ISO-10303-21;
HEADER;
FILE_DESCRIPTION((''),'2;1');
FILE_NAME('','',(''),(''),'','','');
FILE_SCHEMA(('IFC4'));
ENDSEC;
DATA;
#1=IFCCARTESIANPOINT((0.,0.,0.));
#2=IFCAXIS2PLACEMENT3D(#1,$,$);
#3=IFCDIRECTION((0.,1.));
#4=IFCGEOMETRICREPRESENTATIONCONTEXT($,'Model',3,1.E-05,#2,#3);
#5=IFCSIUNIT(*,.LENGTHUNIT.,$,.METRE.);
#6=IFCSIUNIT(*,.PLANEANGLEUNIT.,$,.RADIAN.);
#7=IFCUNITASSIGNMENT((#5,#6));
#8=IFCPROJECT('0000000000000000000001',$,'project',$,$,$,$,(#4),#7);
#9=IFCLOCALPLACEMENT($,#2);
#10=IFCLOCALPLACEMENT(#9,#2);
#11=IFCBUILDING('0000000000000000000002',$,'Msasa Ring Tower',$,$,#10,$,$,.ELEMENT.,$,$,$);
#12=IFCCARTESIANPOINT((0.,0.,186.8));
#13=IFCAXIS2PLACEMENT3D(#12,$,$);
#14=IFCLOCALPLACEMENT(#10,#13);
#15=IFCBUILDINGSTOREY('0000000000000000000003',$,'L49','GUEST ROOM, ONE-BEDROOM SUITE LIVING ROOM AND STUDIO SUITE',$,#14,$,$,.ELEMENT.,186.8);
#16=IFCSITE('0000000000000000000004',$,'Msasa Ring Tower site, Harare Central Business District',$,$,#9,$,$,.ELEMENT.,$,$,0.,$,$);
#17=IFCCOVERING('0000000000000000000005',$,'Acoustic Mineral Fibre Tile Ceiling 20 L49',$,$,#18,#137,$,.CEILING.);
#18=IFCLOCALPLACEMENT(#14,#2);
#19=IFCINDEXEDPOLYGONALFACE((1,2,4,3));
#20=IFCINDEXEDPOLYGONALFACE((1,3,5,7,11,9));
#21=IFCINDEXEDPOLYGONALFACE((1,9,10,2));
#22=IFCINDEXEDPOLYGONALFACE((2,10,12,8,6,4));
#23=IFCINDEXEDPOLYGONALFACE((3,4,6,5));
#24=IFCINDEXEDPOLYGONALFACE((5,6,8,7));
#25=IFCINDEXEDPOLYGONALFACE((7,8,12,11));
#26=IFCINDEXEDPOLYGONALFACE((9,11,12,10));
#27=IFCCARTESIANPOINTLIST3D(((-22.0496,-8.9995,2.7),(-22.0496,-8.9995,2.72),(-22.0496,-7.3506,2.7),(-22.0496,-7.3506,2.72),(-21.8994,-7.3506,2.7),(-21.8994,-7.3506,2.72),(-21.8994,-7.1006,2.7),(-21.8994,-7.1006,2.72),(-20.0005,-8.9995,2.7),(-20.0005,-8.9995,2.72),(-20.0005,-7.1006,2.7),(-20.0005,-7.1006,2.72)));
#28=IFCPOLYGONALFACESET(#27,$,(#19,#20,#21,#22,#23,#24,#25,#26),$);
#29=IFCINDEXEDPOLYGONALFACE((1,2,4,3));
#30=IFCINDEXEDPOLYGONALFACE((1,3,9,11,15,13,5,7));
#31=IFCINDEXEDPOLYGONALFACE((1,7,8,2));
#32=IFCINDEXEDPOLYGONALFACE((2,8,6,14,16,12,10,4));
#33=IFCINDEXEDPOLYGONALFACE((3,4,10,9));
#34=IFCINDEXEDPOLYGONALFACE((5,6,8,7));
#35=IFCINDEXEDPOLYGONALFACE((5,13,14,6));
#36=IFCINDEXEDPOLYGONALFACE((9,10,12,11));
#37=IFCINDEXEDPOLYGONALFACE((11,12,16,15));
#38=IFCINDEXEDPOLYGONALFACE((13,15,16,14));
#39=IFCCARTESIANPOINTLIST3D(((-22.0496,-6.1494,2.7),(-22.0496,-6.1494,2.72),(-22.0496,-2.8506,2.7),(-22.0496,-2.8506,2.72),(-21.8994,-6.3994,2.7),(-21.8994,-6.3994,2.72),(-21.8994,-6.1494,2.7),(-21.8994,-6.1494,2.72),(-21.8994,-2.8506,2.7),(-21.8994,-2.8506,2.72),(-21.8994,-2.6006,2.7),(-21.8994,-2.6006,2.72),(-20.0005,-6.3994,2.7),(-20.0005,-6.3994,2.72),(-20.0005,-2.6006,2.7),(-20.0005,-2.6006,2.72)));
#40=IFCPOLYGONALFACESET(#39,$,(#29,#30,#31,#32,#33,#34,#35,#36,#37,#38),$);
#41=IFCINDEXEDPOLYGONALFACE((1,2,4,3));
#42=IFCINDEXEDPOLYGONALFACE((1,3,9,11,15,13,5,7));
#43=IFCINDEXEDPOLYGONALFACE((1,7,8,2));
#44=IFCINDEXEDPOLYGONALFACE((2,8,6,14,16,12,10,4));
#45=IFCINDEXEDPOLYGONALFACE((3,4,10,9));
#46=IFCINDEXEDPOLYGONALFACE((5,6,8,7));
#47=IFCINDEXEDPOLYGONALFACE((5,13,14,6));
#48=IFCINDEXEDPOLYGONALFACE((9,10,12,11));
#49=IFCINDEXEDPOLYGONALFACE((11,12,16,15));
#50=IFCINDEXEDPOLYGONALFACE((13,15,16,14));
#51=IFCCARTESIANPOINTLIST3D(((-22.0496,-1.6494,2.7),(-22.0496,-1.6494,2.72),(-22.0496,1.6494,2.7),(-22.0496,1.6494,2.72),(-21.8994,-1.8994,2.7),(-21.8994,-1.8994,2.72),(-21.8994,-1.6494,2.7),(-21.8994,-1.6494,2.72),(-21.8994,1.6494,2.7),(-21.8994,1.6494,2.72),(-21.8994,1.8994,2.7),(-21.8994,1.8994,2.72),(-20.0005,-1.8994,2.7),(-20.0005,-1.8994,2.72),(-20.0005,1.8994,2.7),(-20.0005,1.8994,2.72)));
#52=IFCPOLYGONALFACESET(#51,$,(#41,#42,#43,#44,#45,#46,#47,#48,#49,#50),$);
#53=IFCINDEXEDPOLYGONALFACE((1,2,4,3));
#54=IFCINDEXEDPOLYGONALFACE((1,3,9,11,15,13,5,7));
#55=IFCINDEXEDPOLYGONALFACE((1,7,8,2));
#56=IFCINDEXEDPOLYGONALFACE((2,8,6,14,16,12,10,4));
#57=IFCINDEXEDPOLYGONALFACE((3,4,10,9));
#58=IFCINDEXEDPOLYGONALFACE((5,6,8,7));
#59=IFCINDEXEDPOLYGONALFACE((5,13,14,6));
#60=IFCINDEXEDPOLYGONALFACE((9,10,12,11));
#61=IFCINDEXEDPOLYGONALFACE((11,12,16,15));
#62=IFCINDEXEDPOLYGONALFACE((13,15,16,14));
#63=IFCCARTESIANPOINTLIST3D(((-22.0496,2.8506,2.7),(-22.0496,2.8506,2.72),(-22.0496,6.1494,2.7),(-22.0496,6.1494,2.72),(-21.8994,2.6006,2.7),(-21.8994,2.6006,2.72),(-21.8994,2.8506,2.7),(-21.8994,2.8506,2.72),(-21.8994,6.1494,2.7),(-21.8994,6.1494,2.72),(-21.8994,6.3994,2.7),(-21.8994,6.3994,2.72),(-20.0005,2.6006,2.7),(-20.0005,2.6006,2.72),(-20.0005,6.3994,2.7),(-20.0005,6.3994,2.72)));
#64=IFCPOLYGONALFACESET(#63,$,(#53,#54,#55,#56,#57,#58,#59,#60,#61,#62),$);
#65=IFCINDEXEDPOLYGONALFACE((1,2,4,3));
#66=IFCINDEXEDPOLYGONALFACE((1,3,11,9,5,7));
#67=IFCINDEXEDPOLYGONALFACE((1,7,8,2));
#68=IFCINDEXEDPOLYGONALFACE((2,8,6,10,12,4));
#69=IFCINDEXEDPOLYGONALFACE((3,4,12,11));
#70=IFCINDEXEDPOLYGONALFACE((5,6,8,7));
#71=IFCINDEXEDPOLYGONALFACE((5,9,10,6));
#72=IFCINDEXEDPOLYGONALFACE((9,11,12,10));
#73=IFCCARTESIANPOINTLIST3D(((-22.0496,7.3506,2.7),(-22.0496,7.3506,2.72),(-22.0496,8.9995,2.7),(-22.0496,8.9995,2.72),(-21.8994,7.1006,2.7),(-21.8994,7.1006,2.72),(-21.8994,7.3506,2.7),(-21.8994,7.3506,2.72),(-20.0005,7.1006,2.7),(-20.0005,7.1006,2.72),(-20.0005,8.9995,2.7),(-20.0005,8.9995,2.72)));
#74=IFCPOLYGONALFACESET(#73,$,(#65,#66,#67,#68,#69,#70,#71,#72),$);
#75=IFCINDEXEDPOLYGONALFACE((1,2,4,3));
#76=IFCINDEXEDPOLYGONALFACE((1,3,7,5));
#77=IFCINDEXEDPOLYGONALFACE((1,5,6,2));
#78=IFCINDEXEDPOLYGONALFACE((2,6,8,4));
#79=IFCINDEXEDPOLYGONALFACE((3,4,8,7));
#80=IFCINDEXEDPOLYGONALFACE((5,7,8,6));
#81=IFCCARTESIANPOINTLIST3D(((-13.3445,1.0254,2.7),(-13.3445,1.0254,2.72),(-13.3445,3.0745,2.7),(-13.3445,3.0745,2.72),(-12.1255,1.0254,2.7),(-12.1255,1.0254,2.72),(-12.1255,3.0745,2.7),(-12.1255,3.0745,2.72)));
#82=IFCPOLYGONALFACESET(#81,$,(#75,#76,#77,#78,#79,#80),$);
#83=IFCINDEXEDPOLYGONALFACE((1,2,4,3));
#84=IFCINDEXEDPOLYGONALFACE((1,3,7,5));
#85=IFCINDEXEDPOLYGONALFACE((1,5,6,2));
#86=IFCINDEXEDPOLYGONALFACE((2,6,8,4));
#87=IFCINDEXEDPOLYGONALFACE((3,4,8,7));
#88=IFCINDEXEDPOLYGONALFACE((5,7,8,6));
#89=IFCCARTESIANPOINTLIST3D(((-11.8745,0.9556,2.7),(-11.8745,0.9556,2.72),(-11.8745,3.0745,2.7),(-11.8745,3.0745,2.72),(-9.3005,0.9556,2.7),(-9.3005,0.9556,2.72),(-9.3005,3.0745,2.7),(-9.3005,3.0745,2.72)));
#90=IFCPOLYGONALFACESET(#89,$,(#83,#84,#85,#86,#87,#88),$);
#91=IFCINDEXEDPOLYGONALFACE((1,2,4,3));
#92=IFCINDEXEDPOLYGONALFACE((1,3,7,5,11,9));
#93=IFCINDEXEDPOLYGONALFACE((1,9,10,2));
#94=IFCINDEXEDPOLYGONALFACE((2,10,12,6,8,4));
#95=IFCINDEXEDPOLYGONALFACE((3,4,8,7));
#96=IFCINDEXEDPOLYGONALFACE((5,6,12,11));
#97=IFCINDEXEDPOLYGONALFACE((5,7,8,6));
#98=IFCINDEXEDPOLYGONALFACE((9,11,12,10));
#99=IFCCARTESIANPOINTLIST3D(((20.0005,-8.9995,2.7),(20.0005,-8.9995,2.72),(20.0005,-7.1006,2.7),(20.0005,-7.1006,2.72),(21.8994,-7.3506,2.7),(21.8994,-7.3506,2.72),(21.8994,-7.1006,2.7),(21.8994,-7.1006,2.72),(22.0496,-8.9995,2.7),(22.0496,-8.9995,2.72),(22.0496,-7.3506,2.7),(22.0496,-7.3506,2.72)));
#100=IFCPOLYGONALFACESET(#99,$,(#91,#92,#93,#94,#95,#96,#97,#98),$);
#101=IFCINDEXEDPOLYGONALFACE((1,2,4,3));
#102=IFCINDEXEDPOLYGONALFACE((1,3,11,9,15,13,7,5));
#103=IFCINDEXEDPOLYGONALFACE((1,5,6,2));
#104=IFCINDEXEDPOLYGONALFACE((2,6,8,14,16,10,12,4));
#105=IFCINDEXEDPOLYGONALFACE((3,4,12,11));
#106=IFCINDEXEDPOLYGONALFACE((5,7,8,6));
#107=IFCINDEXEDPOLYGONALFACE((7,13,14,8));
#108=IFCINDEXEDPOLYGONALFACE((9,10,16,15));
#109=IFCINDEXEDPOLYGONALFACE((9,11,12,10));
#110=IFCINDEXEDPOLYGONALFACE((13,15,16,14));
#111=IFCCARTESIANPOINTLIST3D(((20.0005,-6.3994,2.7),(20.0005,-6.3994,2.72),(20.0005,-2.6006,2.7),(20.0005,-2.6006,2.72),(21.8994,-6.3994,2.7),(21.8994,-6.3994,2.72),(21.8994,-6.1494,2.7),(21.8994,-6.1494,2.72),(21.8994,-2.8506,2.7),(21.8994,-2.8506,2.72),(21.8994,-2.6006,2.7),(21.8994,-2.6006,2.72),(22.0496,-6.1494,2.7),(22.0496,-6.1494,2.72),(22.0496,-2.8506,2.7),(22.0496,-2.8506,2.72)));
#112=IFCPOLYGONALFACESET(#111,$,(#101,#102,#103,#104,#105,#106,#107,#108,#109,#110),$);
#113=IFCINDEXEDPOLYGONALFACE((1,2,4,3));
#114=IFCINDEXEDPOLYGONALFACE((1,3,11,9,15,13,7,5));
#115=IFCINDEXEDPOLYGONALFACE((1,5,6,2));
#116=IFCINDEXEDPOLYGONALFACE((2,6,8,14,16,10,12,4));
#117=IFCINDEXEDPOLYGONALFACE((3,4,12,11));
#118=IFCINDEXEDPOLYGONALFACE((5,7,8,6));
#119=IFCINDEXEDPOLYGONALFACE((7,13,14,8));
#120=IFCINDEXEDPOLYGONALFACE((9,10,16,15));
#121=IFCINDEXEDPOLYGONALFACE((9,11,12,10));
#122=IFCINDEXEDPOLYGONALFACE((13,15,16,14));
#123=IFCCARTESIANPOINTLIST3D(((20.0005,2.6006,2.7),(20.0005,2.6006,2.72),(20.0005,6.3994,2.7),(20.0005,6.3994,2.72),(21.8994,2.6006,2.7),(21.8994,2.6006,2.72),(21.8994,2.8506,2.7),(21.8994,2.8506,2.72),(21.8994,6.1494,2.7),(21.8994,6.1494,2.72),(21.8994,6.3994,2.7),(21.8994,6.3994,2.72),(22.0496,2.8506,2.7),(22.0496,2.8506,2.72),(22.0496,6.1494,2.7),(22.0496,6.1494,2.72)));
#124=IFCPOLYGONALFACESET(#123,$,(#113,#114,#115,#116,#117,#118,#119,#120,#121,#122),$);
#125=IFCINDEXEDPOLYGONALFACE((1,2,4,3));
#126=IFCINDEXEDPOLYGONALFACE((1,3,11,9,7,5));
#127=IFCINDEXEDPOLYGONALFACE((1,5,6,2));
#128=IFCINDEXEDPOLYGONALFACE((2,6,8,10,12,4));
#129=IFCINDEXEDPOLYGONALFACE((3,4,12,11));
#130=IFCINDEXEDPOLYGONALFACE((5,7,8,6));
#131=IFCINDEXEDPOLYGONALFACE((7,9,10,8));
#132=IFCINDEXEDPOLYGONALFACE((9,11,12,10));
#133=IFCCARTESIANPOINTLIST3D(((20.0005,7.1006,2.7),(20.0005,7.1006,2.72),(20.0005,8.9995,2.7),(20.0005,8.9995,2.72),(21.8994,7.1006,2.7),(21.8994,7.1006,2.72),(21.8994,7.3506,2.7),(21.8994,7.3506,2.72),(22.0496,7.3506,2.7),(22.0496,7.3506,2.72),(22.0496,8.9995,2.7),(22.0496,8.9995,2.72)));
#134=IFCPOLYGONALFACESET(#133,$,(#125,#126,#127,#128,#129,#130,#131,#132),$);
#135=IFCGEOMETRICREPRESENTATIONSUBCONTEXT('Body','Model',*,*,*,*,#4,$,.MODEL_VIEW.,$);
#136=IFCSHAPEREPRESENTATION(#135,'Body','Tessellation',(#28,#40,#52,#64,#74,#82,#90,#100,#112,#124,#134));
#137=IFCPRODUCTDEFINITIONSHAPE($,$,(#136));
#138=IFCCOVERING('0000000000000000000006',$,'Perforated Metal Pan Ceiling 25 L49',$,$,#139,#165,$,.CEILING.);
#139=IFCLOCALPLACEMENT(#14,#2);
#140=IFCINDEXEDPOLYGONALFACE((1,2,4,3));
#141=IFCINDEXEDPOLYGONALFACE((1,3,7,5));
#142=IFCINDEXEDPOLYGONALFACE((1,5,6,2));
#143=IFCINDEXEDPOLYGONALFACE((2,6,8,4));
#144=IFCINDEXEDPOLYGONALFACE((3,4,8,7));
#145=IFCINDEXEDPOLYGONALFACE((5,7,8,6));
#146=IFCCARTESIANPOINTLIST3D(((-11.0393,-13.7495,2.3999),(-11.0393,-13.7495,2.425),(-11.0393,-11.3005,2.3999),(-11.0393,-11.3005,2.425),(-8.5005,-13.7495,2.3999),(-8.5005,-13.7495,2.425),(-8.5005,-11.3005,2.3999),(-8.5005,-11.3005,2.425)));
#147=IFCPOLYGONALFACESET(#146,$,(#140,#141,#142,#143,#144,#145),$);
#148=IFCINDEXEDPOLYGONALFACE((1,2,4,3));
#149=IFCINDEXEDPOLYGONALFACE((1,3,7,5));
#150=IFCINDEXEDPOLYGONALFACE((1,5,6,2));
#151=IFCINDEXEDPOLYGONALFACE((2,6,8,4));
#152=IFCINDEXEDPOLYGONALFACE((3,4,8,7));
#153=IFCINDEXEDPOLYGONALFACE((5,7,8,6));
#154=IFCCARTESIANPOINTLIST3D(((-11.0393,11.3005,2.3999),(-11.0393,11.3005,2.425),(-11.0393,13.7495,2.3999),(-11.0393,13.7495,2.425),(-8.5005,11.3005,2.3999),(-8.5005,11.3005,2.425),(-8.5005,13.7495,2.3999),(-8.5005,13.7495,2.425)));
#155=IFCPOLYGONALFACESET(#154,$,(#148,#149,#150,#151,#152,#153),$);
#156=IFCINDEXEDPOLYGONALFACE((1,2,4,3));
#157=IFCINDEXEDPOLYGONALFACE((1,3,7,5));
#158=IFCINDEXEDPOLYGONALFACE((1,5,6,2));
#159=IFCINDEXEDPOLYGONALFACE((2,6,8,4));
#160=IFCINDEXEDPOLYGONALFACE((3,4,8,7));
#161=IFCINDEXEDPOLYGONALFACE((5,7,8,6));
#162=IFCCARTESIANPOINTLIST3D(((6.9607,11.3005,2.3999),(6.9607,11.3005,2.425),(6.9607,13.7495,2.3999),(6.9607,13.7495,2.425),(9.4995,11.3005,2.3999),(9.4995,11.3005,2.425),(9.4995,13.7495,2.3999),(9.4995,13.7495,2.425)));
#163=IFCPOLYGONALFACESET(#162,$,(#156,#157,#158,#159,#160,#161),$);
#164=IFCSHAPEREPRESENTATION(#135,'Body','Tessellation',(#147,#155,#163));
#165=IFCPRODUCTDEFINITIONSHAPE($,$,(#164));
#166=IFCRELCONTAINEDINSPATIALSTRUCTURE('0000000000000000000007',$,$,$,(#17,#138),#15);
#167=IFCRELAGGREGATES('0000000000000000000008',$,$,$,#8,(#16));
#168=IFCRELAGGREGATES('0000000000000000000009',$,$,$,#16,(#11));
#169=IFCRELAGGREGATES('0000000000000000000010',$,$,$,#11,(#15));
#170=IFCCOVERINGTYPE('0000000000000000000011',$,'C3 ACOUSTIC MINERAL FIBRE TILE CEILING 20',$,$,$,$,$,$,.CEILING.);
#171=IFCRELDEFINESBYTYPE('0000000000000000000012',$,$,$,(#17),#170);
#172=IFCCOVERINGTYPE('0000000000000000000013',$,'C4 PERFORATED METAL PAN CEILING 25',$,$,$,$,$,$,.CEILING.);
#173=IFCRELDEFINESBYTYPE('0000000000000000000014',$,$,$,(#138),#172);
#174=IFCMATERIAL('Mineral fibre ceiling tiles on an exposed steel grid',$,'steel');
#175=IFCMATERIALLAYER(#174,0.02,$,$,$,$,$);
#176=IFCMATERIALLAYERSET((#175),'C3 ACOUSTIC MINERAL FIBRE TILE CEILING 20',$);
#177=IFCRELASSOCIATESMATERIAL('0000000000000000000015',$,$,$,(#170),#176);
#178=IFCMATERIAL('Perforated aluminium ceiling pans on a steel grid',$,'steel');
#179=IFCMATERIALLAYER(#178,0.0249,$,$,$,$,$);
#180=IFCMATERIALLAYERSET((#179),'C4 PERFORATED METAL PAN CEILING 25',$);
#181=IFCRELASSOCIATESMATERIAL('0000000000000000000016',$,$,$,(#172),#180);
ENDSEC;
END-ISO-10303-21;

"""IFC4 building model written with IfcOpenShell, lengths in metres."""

from ifc_helpers import new_model, si_unit, direction, frame, origin, place, context, subcontext, project, spatial, line, indexed_curve, outline, extrude, material, layer, layer_set, type_object, element, save


model = new_model("IFC4")

# Units and contexts
model_context = context("Model", 3, precision=1e-05, world=origin(), true_north=direction((0.0, 1.0)))
body_context = subcontext(model_context, "Body", "Model", "MODEL_VIEW")
ifc_project = project(units=[si_unit("LENGTHUNIT", "METRE"), si_unit("PLANEANGLEUNIT", "RADIAN")], contexts=[model_context])

# Site, building, storey
site_placement = place(None, origin())
site = spatial("IfcSite", under=ifc_project, at=site_placement, Name="Msasa Ring Tower site, Harare Central Business District", CompositionType="ELEMENT", RefElevation=0.0)
building_placement = place(site_placement, origin())
building = spatial("IfcBuilding", under=site, at=building_placement, Name="Msasa Ring Tower", CompositionType="ELEMENT")
storey_placement = place(building_placement, frame((0.0, 0.0, 186.8)))
storey = spatial("IfcBuildingStorey", under=building, at=storey_placement, Name="L49", Description="GUEST ROOM, ONE-BEDROOM SUITE LIVING ROOM AND STUDIO SUITE", CompositionType="ELEMENT", Elevation=186.8)

# Coverings
ifc_material_1 = material(Name="Mineral fibre ceiling tiles on an exposed steel grid", Category="steel")
ifc_layer_1 = layer(ifc_material_1, 0.02)
ifc_layer_set_1 = layer_set([ifc_layer_1], Name="C3 ACOUSTIC MINERAL FIBRE TILE CEILING 20")
covering_type_1 = type_object("IfcCoveringType", Name="C3 ACOUSTIC MINERAL FIBRE TILE CEILING 20", PredefinedType="CEILING", material=ifc_layer_set_1)
covering_1_placement = place(storey_placement, frame((0.0, 0.0, 2.7)))
element("IfcCovering", 1, at=covering_1_placement, inside=storey, type_object=covering_type_1, Name="Acoustic Mineral Fibre Tile Ceiling 20 L49", PredefinedType="CEILING", context=body_context, shape_type="SweptSolid", body=[
    extrude(outline(indexed_curve([(-22.0496, -7.3506), (-21.8994, -7.3506), (-21.8994, -7.1006), (-20.0005, -7.1006), (-20.0005, -8.9995), (-22.0496, -8.9995)], segments=[line(1, 2, 3, 4, 5, 6, 1)], self_intersect=False)), origin(), (0.0, 0.0, 1.0), 0.02),
    extrude(outline(indexed_curve([(-22.0496, -2.8506), (-21.8994, -2.8506), (-21.8994, -2.6006), (-20.0005, -2.6006), (-20.0005, -6.3994), (-21.8994, -6.3994), (-21.8994, -6.1494), (-22.0496, -6.1494)], segments=[line(1, 2, 3, 4, 5, 6, 7, 8, 1)], self_intersect=False)), origin(), (0.0, 0.0, 1.0), 0.02),
    extrude(outline(indexed_curve([(-22.0496, 1.6494), (-21.8994, 1.6494), (-21.8994, 1.8994), (-20.0005, 1.8994), (-20.0005, -1.8994), (-21.8994, -1.8994), (-21.8994, -1.6494), (-22.0496, -1.6494)], segments=[line(1, 2, 3, 4, 5, 6, 7, 8, 1)], self_intersect=False)), origin(), (0.0, 0.0, 1.0), 0.02),
    extrude(outline(indexed_curve([(-22.0496, 6.1494), (-21.8994, 6.1494), (-21.8994, 6.3994), (-20.0005, 6.3994), (-20.0005, 2.6006), (-21.8994, 2.6006), (-21.8994, 2.8506), (-22.0496, 2.8506)], segments=[line(1, 2, 3, 4, 5, 6, 7, 8, 1)], self_intersect=False)), origin(), (0.0, 0.0, 1.0), 0.02),
    extrude(outline(indexed_curve([(-22.0496, 8.9995), (-20.0005, 8.9995), (-20.0005, 7.1006), (-21.8994, 7.1006), (-21.8994, 7.3506), (-22.0496, 7.3506)], segments=[line(1, 2, 3, 4, 5, 6, 1)], self_intersect=False)), origin(), (0.0, 0.0, 1.0), 0.02),
    extrude(outline(indexed_curve([(-13.3445, 3.0745), (-12.1255, 3.0745), (-12.1255, 1.0254), (-13.3445, 1.0254)], segments=[line(1, 2, 3, 4, 1)], self_intersect=False)), origin(), (0.0, 0.0, 1.0), 0.02),
    extrude(outline(indexed_curve([(-9.3005, 0.9556), (-11.8745, 0.9556), (-11.8745, 3.0745), (-9.3005, 3.0745)], segments=[line(1, 2, 3, 4, 1)], self_intersect=False)), origin(), (0.0, 0.0, 1.0), 0.02),
    extrude(outline(indexed_curve([(22.0496, -8.9995), (20.0005, -8.9995), (20.0005, -7.1006), (21.8994, -7.1006), (21.8994, -7.3506), (22.0496, -7.3506)], segments=[line(1, 2, 3, 4, 5, 6, 1)], self_intersect=False)), origin(), (0.0, 0.0, 1.0), 0.02),
    extrude(outline(indexed_curve([(22.0496, -6.1494), (21.8994, -6.1494), (21.8994, -6.3994), (20.0005, -6.3994), (20.0005, -2.6006), (21.8994, -2.6006), (21.8994, -2.8506), (22.0496, -2.8506)], segments=[line(1, 2, 3, 4, 5, 6, 7, 8, 1)], self_intersect=False)), origin(), (0.0, 0.0, 1.0), 0.02),
    extrude(outline(indexed_curve([(22.0496, 2.8506), (21.8994, 2.8506), (21.8994, 2.6006), (20.0005, 2.6006), (20.0005, 6.3994), (21.8994, 6.3994), (21.8994, 6.1494), (22.0496, 6.1494)], segments=[line(1, 2, 3, 4, 5, 6, 7, 8, 1)], self_intersect=False)), origin(), (0.0, 0.0, 1.0), 0.02),
    extrude(outline(indexed_curve([(22.0496, 7.3506), (21.8994, 7.3506), (21.8994, 7.1006), (20.0005, 7.1006), (20.0005, 8.9995), (22.0496, 8.9995)], segments=[line(1, 2, 3, 4, 5, 6, 1)], self_intersect=False)), origin(), (0.0, 0.0, 1.0), 0.02),
])
ifc_material_2 = material(Name="Perforated aluminium ceiling pans on a steel grid", Category="steel")
ifc_layer_2 = layer(ifc_material_2, 0.0249)
ifc_layer_set_2 = layer_set([ifc_layer_2], Name="C4 PERFORATED METAL PAN CEILING 25")
covering_type_2 = type_object("IfcCoveringType", Name="C4 PERFORATED METAL PAN CEILING 25", PredefinedType="CEILING", material=ifc_layer_set_2)
covering_2_placement = place(storey_placement, frame((0.0, 0.0, 2.3999)))
element("IfcCovering", 2, at=covering_2_placement, inside=storey, type_object=covering_type_2, Name="Perforated Metal Pan Ceiling 25 L49", PredefinedType="CEILING", context=body_context, shape_type="SweptSolid", body=[
    extrude(outline(indexed_curve([(-8.5005, -11.3005), (-8.5005, -13.7495), (-11.0393, -13.7495), (-11.0393, -11.3005)], segments=[line(1, 2, 3, 4, 1)], self_intersect=False)), origin(), (0.0, 0.0, 1.0), 0.0251),
    extrude(outline(indexed_curve([(-8.5005, 11.3005), (-11.0393, 11.3005), (-11.0393, 13.7495), (-8.5005, 13.7495)], segments=[line(1, 2, 3, 4, 1)], self_intersect=False)), origin(), (0.0, 0.0, 1.0), 0.0251),
    extrude(outline(indexed_curve([(9.4995, 11.3005), (6.9607, 11.3005), (6.9607, 13.7495), (9.4995, 13.7495)], segments=[line(1, 2, 3, 4, 1)], self_intersect=False)), origin(), (0.0, 0.0, 1.0), 0.0251),
])

save(model, "model.ifc")
